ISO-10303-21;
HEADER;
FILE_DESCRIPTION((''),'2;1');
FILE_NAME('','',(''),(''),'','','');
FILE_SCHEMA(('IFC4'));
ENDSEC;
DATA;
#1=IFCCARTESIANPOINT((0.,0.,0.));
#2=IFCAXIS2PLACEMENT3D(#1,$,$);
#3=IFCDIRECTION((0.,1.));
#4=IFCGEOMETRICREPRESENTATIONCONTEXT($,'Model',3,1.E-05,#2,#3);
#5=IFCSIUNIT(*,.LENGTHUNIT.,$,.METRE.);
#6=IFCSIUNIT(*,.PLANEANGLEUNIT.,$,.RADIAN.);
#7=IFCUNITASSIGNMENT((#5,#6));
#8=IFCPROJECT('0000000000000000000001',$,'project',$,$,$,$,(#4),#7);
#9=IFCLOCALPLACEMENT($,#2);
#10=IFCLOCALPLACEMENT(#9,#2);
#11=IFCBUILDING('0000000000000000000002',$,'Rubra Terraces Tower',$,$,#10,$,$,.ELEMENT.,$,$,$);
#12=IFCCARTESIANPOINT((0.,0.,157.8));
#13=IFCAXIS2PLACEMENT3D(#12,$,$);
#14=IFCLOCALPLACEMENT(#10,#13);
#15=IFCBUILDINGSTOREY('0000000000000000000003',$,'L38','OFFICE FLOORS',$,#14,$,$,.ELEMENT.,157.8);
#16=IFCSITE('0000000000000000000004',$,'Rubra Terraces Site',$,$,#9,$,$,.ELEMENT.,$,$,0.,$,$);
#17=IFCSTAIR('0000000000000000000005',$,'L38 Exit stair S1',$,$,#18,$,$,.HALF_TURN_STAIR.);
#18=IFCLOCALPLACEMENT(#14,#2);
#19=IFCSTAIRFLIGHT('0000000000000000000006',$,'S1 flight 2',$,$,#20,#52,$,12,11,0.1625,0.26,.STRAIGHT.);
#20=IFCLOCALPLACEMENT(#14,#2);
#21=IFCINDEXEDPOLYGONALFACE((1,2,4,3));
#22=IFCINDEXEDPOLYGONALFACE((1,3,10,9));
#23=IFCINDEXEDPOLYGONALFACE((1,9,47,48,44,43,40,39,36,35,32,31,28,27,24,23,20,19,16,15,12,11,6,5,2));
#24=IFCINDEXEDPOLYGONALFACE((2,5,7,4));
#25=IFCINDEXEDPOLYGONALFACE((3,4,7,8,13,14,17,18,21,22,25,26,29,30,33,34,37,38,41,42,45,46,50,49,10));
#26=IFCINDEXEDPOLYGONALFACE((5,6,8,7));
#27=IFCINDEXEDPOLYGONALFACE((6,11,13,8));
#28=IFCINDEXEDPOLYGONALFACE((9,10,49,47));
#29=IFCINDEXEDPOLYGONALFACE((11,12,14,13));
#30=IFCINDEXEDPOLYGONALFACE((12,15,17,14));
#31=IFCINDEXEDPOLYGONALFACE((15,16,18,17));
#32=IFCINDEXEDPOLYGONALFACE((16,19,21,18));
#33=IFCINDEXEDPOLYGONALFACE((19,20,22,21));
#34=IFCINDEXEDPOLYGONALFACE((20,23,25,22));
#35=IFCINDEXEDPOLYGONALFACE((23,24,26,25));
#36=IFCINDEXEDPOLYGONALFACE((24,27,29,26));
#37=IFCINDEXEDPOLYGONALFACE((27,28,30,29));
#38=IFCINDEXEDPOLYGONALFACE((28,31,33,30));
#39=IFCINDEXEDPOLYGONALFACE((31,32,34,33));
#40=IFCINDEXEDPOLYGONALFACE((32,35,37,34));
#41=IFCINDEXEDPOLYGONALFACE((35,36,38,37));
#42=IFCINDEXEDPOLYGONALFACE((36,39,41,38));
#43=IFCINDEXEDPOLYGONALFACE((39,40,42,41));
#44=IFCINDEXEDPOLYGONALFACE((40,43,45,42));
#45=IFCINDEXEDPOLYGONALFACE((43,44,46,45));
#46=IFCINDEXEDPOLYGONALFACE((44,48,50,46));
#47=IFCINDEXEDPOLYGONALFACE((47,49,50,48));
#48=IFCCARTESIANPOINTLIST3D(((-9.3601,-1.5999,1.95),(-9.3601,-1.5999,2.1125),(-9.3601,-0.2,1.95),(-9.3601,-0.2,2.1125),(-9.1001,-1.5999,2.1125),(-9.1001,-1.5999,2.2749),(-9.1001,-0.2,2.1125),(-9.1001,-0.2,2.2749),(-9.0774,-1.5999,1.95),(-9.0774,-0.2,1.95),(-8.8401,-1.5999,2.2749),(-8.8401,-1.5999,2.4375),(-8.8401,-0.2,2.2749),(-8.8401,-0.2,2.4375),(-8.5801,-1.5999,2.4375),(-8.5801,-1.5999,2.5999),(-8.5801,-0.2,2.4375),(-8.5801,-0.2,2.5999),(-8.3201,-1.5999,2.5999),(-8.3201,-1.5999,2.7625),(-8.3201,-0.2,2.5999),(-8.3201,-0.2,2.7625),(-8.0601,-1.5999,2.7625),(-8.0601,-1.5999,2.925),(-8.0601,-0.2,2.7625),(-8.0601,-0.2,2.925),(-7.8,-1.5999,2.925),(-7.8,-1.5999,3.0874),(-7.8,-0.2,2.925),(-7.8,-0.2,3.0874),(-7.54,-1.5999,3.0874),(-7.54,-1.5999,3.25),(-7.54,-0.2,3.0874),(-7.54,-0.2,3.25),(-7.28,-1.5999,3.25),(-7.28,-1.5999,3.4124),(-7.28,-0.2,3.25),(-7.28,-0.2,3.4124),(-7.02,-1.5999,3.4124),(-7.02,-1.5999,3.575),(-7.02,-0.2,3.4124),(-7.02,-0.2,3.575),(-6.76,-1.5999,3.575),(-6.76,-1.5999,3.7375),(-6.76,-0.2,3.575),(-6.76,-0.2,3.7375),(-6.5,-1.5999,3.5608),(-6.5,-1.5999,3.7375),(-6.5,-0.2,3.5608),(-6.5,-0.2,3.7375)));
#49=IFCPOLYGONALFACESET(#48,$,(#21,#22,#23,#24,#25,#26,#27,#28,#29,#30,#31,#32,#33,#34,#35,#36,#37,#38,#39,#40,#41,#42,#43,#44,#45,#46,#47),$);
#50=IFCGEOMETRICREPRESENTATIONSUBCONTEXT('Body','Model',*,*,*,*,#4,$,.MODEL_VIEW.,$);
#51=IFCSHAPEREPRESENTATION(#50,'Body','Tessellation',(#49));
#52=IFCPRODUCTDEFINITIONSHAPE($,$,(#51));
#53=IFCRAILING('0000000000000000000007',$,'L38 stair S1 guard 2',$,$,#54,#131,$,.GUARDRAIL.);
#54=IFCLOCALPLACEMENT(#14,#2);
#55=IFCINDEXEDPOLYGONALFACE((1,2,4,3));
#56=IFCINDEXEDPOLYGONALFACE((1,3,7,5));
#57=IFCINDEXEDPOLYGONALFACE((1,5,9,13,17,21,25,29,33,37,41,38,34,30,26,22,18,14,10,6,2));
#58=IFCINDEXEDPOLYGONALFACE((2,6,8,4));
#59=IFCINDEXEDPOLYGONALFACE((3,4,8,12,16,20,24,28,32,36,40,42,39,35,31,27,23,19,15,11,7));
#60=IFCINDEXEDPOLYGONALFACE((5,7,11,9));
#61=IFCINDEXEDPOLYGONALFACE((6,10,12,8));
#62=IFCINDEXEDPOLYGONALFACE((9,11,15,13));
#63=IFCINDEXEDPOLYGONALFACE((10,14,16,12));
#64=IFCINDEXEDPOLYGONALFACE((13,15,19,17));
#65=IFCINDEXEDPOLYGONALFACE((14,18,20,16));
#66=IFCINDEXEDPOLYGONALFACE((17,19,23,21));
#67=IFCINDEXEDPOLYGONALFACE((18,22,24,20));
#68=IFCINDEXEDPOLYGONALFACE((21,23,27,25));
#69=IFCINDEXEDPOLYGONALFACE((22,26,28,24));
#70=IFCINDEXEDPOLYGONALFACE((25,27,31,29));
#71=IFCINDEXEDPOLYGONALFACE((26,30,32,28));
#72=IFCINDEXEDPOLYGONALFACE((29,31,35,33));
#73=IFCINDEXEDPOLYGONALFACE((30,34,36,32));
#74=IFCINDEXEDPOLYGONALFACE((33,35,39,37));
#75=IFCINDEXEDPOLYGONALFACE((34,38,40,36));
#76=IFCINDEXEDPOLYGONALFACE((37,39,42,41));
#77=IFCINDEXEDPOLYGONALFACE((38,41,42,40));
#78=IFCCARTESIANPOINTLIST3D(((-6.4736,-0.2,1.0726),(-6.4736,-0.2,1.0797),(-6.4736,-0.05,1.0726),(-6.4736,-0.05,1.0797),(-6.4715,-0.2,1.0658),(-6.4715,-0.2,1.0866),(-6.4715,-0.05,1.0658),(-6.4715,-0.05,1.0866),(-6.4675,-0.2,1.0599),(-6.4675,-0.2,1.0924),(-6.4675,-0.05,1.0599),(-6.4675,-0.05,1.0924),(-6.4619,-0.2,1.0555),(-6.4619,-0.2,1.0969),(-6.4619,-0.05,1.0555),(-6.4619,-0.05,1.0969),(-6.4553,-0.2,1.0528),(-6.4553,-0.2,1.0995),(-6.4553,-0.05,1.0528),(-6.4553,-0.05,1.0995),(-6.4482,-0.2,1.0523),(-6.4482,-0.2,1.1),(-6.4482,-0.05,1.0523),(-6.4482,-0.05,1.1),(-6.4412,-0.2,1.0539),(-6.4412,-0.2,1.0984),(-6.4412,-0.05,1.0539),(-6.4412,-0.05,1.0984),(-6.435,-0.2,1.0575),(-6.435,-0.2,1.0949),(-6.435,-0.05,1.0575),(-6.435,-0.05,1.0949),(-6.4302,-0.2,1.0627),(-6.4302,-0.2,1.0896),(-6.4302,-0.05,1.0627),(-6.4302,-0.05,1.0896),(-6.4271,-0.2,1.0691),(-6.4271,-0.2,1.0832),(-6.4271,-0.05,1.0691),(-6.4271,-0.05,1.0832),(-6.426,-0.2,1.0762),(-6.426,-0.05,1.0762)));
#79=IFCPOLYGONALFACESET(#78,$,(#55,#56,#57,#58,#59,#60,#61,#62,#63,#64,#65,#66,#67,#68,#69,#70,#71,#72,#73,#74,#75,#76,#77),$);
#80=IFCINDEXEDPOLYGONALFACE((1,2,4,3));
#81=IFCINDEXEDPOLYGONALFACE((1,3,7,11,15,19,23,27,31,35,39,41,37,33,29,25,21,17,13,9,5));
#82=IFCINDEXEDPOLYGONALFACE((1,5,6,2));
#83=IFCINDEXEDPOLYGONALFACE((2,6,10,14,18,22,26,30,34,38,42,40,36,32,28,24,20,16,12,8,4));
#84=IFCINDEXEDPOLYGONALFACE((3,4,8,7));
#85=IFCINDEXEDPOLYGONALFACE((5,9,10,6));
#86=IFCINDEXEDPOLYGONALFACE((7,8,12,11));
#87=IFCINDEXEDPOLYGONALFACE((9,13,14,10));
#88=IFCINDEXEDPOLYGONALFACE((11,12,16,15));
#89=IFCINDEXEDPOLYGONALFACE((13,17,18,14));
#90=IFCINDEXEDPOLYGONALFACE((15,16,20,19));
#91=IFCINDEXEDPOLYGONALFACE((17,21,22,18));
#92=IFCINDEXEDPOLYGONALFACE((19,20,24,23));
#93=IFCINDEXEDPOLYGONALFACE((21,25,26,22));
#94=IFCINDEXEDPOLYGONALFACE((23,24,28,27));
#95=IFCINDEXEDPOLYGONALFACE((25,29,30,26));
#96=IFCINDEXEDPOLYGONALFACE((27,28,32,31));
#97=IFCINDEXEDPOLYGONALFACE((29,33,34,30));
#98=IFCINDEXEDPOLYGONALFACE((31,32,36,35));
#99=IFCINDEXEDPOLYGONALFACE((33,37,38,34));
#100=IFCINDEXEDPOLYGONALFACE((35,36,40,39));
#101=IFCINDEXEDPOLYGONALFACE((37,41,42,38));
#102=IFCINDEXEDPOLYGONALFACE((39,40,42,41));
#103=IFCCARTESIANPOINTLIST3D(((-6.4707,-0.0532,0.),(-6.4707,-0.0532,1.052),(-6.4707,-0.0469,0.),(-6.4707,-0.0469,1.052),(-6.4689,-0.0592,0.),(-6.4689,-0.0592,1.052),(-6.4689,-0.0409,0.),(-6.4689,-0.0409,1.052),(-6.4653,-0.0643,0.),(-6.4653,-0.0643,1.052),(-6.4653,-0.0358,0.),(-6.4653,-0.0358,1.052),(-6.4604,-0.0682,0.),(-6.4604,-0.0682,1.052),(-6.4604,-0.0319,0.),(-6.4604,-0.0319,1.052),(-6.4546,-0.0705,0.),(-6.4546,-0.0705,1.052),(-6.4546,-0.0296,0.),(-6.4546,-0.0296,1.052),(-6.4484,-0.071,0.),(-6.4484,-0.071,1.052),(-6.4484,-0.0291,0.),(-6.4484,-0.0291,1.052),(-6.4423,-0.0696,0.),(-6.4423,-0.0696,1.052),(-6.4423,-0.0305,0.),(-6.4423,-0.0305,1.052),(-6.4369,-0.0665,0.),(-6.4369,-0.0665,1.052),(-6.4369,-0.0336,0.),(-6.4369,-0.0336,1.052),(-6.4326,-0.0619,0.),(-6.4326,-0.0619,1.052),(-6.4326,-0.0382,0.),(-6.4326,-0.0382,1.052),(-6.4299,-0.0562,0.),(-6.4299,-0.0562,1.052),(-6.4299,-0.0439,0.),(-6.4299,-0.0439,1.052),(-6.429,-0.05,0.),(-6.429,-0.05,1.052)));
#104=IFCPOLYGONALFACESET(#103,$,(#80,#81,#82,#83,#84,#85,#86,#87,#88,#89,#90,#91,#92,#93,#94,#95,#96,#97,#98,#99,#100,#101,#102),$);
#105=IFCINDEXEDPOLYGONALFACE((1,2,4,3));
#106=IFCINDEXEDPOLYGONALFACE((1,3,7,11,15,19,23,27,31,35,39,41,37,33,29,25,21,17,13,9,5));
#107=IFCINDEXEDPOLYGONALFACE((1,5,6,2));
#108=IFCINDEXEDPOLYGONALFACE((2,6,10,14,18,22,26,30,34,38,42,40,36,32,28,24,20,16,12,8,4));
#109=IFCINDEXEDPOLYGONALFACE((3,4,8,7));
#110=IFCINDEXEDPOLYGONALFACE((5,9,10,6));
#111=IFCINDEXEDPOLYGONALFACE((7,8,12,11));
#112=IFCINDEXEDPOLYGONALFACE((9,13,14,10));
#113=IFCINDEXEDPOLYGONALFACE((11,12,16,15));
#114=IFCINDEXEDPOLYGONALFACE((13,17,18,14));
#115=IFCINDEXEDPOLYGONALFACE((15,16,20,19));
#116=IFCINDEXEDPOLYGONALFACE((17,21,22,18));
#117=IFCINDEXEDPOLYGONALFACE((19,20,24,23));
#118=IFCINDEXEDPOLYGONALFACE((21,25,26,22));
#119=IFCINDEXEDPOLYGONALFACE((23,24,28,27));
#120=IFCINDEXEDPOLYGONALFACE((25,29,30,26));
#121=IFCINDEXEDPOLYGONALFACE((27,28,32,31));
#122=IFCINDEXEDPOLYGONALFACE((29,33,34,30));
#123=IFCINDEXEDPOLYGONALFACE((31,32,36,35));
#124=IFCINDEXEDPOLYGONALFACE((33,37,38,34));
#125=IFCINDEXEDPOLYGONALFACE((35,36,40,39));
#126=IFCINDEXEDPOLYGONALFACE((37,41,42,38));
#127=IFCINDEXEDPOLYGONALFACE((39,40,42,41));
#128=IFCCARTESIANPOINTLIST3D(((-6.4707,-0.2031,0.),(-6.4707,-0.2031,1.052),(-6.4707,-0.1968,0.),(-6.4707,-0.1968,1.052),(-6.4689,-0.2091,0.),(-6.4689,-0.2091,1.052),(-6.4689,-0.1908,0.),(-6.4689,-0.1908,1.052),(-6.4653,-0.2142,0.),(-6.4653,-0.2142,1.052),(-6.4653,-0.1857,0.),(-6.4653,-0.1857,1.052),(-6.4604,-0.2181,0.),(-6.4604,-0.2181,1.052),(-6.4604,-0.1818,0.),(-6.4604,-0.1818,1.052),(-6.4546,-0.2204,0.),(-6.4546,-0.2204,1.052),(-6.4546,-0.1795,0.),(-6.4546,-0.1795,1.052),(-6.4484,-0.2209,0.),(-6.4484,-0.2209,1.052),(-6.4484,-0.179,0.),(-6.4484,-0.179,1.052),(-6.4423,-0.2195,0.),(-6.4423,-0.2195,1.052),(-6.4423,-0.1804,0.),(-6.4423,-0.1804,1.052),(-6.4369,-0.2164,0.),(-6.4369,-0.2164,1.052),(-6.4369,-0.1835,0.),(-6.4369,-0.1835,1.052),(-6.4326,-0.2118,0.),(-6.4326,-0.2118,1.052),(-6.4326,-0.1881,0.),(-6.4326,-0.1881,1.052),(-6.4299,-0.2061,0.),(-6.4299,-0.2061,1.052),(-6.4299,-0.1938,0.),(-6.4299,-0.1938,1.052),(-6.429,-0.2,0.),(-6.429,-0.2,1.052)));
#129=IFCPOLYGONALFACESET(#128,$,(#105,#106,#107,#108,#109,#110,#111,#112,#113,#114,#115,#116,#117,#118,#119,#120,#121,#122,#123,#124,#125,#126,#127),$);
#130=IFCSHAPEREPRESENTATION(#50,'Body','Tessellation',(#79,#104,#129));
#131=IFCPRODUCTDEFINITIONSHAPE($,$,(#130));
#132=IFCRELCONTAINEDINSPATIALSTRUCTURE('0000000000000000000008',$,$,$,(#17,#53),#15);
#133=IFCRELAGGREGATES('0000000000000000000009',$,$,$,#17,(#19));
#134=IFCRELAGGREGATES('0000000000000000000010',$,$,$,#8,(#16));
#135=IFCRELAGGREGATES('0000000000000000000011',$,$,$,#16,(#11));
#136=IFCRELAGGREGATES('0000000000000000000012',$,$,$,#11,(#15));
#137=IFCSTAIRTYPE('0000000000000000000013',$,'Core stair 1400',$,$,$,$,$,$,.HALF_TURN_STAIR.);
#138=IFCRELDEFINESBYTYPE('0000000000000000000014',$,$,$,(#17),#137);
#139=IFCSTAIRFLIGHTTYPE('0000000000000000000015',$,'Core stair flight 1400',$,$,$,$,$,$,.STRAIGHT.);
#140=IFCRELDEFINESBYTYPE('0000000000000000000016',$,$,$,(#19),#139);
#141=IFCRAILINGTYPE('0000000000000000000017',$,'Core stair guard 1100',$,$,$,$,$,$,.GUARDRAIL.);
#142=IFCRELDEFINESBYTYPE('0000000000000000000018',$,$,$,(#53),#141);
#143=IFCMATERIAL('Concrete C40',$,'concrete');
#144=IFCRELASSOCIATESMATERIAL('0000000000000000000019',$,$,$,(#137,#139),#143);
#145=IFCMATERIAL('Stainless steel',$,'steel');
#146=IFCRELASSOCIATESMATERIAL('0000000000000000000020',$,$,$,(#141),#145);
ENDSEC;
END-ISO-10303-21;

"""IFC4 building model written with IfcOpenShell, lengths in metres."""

from ifc_helpers import new_model, si_unit, direction, frame, origin, origin_2d, place, context, subcontext, project, spatial, polyline, circle, outline, extrude, material, type_object, element, aggregate, save


model = new_model("IFC4")

# Units and contexts
model_context = context("Model", 3, precision=1e-05, world=origin(), true_north=direction((0.0, 1.0)))
body_context = subcontext(model_context, "Body", "Model", "MODEL_VIEW")
ifc_project = project(units=[si_unit("LENGTHUNIT", "METRE"), si_unit("PLANEANGLEUNIT", "RADIAN")], contexts=[model_context])

# Site, building, storey
site_placement = place(None, origin())
site = spatial("IfcSite", under=ifc_project, at=site_placement, Name="Rubra Terraces Site", CompositionType="ELEMENT", RefElevation=0.0)
building_placement = place(site_placement, origin())
building = spatial("IfcBuilding", under=site, at=building_placement, Name="Rubra Terraces Tower", CompositionType="ELEMENT")
storey_placement = place(building_placement, frame((0.0, 0.0, 157.8)))
storey = spatial("IfcBuildingStorey", under=building, at=storey_placement, Name="L38", Description="OFFICE FLOORS", CompositionType="ELEMENT", Elevation=157.8)

# Shared definitions
ifc_material_1 = material(Name="Concrete C40", Category="concrete")

# Stair, stair flight
stair_type = type_object("IfcStairType", Name="Core stair 1400", PredefinedType="HALF_TURN_STAIR", material=ifc_material_1)
stair_placement = place(storey_placement, origin())
stair = element("IfcStair", 1, at=stair_placement, inside=storey, type_object=stair_type, Name="L38 Exit stair S1", PredefinedType="HALF_TURN_STAIR")
stair_flight_type = type_object("IfcStairFlightType", Name="Core stair flight 1400", PredefinedType="STRAIGHT", material=ifc_material_1)
stair_flight_1_placement = place(storey_placement, frame((-9.3601, -0.8999, 1.95), z_axis=(0.0, 0.0, 1.0), x_axis=(1.0, 0.0, 0.0)))
stair_flight_1 = element("IfcStairFlight", 2, at=stair_flight_1_placement, type_object=stair_flight_type, Name="S1 flight 2", NumberOfRisers=12, NumberOfTreads=11, PredefinedType="STRAIGHT", RiserHeight=0.1625, TreadLength=0.26, context=body_context, shape_type="SweptSolid", body=[
    extrude(outline(polyline([(0.0, 0.0), (0.0, 0.1626), (0.26, 0.1626), (0.26, 0.325), (0.52, 0.325), (0.52, 0.4875), (0.78, 0.4875), (0.78, 0.6499), (1.04, 0.6499), (1.04, 0.8125), (1.3, 0.8125), (1.3, 0.9751), (1.5601, 0.9751), (1.5601, 1.1375), (1.8201, 1.1375), (1.8201, 1.3), (2.0801, 1.3), (2.0801, 1.4624), (2.3401, 1.4624), (2.3401, 1.625), (2.6001, 1.625), (2.6001, 1.7876), (2.8601, 1.7876), (2.8601, 1.95), (2.8601, 1.6108), (0.2827, 0.0), (0.0, 0.0)])), frame((0.0, 0.7, 0.0), z_axis=(0.0, -1.0, 0.0), x_axis=(1.0, 0.0, 0.0)), (0.0, 0.0, 1.0), 1.3999),
])
aggregate(stair, [stair_flight_1])

# Railing
ifc_material_2 = material(Name="Stainless steel", Category="steel")
railing_type = type_object("IfcRailingType", Name="Core stair guard 1100", PredefinedType="GUARDRAIL", material=ifc_material_2)
railing_1_placement = place(storey_placement, frame((-6.45, -0.05, 0.0)))
element("IfcRailing", 3, at=railing_1_placement, inside=storey, type_object=railing_type, Name="L38 stair S1 guard 2", PredefinedType="GUARDRAIL", context=body_context, shape_type="SweptSolid", body=[
    extrude(circle(Radius=0.0239, at=origin_2d()), frame((0.0, 0.0, 1.0762), z_axis=(0.0, -1.0, 0.0), x_axis=(1.0, 0.0, 0.0)), (0.0, 0.0, 1.0), 0.1499),
    extrude(circle(Radius=0.021, at=origin_2d()), origin(), (0.0, 0.0, 1.0), 1.052),
    extrude(circle(Radius=0.021, at=origin_2d()), frame((0.0, -0.1499, 0.0)), (0.0, 0.0, 1.0), 1.052),
])

save(model, "model.ifc")
